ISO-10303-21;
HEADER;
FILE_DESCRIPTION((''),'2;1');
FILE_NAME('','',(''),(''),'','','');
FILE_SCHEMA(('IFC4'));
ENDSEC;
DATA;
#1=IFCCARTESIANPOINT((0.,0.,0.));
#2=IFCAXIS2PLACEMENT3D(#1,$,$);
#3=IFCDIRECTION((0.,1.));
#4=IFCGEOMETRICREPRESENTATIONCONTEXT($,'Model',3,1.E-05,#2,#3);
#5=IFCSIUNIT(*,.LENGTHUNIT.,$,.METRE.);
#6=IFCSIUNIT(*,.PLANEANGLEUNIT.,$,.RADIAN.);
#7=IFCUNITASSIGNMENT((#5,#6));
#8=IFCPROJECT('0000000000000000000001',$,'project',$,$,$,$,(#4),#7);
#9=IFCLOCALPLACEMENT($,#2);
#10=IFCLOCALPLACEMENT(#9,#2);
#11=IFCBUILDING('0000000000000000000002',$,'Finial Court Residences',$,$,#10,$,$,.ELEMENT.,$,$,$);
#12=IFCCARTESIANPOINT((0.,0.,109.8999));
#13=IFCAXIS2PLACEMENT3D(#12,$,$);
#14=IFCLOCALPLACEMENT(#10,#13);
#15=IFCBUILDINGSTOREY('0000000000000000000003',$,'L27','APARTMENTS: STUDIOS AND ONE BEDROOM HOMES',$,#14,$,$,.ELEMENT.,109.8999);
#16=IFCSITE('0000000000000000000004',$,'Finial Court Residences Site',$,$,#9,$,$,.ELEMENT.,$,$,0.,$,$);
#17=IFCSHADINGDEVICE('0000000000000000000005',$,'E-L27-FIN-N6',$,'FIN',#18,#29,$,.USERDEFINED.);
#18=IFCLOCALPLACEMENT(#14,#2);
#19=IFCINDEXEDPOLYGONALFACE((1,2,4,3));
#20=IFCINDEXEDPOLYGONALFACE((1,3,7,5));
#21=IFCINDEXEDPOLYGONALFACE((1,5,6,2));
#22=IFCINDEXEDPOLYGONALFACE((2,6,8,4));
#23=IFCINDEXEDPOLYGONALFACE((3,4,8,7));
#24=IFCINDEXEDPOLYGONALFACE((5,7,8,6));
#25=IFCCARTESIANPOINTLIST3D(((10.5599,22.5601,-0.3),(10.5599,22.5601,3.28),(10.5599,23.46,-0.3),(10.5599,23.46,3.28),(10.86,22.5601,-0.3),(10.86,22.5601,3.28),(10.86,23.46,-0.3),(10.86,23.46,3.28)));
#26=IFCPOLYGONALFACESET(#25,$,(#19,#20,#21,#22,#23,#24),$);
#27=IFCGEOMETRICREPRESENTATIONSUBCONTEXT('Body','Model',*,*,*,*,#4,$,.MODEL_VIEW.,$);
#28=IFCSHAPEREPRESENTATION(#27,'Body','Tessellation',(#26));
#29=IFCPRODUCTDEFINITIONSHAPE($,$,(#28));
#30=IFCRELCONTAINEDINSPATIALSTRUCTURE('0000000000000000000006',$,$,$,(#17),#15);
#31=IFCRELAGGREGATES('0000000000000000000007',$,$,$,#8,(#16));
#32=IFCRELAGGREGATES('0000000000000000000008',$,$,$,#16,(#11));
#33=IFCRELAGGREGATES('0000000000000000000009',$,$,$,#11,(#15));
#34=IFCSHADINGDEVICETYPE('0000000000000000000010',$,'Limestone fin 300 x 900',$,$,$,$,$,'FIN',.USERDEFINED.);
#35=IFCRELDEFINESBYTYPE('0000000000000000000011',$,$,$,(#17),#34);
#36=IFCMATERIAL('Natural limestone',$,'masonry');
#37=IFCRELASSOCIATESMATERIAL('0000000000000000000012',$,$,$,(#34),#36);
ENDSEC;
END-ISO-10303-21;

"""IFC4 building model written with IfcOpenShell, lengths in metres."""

from ifc_helpers import new_model, si_unit, direction, frame, origin, origin_2d, place, context, subcontext, project, spatial, rectangle, extrude, material, type_object, element, save


model = new_model("IFC4")

# Units and contexts
model_context = context("Model", 3, precision=1e-05, world=origin(), true_north=direction((0.0, 1.0)))
body_context = subcontext(model_context, "Body", "Model", "MODEL_VIEW")
ifc_project = project(units=[si_unit("LENGTHUNIT", "METRE"), si_unit("PLANEANGLEUNIT", "RADIAN")], contexts=[model_context])

# Site, building, storey
site_placement = place(None, origin())
site = spatial("IfcSite", under=ifc_project, at=site_placement, Name="Finial Court Residences Site", CompositionType="ELEMENT", RefElevation=0.0)
building_placement = place(site_placement, origin())
building = spatial("IfcBuilding", under=site, at=building_placement, Name="Finial Court Residences", CompositionType="ELEMENT")
storey_placement = place(building_placement, frame((0.0, 0.0, 109.8999)))
storey = spatial("IfcBuildingStorey", under=building, at=storey_placement, Name="L27", Description="APARTMENTS: STUDIOS AND ONE BEDROOM HOMES", CompositionType="ELEMENT", Elevation=109.8999)

# Shared definitions
ifc_material_1 = material(Name="Natural limestone", Category="masonry")

# Shading device
shading_device_type = type_object("IfcShadingDeviceType", Name="Limestone fin 300 x 900", ElementType="FIN", PredefinedType="USERDEFINED", material=ifc_material_1)
shading_device_1_placement = place(storey_placement, frame((10.71, 23.01, -0.3), z_axis=(0.0, 0.0, 1.0), x_axis=(1.0, 0.0, 0.0)))
element("IfcShadingDevice", 1, at=shading_device_1_placement, inside=storey, type_object=shading_device_type, Name="E-L27-FIN-N6", ObjectType="FIN", PredefinedType="USERDEFINED", context=body_context, shape_type="SweptSolid", body=[
    extrude(rectangle(XDim=0.3, YDim=0.8999, at=origin_2d()), origin(), (0.0, 0.0, 1.0), 3.5801),
])

save(model, "model.ifc")
